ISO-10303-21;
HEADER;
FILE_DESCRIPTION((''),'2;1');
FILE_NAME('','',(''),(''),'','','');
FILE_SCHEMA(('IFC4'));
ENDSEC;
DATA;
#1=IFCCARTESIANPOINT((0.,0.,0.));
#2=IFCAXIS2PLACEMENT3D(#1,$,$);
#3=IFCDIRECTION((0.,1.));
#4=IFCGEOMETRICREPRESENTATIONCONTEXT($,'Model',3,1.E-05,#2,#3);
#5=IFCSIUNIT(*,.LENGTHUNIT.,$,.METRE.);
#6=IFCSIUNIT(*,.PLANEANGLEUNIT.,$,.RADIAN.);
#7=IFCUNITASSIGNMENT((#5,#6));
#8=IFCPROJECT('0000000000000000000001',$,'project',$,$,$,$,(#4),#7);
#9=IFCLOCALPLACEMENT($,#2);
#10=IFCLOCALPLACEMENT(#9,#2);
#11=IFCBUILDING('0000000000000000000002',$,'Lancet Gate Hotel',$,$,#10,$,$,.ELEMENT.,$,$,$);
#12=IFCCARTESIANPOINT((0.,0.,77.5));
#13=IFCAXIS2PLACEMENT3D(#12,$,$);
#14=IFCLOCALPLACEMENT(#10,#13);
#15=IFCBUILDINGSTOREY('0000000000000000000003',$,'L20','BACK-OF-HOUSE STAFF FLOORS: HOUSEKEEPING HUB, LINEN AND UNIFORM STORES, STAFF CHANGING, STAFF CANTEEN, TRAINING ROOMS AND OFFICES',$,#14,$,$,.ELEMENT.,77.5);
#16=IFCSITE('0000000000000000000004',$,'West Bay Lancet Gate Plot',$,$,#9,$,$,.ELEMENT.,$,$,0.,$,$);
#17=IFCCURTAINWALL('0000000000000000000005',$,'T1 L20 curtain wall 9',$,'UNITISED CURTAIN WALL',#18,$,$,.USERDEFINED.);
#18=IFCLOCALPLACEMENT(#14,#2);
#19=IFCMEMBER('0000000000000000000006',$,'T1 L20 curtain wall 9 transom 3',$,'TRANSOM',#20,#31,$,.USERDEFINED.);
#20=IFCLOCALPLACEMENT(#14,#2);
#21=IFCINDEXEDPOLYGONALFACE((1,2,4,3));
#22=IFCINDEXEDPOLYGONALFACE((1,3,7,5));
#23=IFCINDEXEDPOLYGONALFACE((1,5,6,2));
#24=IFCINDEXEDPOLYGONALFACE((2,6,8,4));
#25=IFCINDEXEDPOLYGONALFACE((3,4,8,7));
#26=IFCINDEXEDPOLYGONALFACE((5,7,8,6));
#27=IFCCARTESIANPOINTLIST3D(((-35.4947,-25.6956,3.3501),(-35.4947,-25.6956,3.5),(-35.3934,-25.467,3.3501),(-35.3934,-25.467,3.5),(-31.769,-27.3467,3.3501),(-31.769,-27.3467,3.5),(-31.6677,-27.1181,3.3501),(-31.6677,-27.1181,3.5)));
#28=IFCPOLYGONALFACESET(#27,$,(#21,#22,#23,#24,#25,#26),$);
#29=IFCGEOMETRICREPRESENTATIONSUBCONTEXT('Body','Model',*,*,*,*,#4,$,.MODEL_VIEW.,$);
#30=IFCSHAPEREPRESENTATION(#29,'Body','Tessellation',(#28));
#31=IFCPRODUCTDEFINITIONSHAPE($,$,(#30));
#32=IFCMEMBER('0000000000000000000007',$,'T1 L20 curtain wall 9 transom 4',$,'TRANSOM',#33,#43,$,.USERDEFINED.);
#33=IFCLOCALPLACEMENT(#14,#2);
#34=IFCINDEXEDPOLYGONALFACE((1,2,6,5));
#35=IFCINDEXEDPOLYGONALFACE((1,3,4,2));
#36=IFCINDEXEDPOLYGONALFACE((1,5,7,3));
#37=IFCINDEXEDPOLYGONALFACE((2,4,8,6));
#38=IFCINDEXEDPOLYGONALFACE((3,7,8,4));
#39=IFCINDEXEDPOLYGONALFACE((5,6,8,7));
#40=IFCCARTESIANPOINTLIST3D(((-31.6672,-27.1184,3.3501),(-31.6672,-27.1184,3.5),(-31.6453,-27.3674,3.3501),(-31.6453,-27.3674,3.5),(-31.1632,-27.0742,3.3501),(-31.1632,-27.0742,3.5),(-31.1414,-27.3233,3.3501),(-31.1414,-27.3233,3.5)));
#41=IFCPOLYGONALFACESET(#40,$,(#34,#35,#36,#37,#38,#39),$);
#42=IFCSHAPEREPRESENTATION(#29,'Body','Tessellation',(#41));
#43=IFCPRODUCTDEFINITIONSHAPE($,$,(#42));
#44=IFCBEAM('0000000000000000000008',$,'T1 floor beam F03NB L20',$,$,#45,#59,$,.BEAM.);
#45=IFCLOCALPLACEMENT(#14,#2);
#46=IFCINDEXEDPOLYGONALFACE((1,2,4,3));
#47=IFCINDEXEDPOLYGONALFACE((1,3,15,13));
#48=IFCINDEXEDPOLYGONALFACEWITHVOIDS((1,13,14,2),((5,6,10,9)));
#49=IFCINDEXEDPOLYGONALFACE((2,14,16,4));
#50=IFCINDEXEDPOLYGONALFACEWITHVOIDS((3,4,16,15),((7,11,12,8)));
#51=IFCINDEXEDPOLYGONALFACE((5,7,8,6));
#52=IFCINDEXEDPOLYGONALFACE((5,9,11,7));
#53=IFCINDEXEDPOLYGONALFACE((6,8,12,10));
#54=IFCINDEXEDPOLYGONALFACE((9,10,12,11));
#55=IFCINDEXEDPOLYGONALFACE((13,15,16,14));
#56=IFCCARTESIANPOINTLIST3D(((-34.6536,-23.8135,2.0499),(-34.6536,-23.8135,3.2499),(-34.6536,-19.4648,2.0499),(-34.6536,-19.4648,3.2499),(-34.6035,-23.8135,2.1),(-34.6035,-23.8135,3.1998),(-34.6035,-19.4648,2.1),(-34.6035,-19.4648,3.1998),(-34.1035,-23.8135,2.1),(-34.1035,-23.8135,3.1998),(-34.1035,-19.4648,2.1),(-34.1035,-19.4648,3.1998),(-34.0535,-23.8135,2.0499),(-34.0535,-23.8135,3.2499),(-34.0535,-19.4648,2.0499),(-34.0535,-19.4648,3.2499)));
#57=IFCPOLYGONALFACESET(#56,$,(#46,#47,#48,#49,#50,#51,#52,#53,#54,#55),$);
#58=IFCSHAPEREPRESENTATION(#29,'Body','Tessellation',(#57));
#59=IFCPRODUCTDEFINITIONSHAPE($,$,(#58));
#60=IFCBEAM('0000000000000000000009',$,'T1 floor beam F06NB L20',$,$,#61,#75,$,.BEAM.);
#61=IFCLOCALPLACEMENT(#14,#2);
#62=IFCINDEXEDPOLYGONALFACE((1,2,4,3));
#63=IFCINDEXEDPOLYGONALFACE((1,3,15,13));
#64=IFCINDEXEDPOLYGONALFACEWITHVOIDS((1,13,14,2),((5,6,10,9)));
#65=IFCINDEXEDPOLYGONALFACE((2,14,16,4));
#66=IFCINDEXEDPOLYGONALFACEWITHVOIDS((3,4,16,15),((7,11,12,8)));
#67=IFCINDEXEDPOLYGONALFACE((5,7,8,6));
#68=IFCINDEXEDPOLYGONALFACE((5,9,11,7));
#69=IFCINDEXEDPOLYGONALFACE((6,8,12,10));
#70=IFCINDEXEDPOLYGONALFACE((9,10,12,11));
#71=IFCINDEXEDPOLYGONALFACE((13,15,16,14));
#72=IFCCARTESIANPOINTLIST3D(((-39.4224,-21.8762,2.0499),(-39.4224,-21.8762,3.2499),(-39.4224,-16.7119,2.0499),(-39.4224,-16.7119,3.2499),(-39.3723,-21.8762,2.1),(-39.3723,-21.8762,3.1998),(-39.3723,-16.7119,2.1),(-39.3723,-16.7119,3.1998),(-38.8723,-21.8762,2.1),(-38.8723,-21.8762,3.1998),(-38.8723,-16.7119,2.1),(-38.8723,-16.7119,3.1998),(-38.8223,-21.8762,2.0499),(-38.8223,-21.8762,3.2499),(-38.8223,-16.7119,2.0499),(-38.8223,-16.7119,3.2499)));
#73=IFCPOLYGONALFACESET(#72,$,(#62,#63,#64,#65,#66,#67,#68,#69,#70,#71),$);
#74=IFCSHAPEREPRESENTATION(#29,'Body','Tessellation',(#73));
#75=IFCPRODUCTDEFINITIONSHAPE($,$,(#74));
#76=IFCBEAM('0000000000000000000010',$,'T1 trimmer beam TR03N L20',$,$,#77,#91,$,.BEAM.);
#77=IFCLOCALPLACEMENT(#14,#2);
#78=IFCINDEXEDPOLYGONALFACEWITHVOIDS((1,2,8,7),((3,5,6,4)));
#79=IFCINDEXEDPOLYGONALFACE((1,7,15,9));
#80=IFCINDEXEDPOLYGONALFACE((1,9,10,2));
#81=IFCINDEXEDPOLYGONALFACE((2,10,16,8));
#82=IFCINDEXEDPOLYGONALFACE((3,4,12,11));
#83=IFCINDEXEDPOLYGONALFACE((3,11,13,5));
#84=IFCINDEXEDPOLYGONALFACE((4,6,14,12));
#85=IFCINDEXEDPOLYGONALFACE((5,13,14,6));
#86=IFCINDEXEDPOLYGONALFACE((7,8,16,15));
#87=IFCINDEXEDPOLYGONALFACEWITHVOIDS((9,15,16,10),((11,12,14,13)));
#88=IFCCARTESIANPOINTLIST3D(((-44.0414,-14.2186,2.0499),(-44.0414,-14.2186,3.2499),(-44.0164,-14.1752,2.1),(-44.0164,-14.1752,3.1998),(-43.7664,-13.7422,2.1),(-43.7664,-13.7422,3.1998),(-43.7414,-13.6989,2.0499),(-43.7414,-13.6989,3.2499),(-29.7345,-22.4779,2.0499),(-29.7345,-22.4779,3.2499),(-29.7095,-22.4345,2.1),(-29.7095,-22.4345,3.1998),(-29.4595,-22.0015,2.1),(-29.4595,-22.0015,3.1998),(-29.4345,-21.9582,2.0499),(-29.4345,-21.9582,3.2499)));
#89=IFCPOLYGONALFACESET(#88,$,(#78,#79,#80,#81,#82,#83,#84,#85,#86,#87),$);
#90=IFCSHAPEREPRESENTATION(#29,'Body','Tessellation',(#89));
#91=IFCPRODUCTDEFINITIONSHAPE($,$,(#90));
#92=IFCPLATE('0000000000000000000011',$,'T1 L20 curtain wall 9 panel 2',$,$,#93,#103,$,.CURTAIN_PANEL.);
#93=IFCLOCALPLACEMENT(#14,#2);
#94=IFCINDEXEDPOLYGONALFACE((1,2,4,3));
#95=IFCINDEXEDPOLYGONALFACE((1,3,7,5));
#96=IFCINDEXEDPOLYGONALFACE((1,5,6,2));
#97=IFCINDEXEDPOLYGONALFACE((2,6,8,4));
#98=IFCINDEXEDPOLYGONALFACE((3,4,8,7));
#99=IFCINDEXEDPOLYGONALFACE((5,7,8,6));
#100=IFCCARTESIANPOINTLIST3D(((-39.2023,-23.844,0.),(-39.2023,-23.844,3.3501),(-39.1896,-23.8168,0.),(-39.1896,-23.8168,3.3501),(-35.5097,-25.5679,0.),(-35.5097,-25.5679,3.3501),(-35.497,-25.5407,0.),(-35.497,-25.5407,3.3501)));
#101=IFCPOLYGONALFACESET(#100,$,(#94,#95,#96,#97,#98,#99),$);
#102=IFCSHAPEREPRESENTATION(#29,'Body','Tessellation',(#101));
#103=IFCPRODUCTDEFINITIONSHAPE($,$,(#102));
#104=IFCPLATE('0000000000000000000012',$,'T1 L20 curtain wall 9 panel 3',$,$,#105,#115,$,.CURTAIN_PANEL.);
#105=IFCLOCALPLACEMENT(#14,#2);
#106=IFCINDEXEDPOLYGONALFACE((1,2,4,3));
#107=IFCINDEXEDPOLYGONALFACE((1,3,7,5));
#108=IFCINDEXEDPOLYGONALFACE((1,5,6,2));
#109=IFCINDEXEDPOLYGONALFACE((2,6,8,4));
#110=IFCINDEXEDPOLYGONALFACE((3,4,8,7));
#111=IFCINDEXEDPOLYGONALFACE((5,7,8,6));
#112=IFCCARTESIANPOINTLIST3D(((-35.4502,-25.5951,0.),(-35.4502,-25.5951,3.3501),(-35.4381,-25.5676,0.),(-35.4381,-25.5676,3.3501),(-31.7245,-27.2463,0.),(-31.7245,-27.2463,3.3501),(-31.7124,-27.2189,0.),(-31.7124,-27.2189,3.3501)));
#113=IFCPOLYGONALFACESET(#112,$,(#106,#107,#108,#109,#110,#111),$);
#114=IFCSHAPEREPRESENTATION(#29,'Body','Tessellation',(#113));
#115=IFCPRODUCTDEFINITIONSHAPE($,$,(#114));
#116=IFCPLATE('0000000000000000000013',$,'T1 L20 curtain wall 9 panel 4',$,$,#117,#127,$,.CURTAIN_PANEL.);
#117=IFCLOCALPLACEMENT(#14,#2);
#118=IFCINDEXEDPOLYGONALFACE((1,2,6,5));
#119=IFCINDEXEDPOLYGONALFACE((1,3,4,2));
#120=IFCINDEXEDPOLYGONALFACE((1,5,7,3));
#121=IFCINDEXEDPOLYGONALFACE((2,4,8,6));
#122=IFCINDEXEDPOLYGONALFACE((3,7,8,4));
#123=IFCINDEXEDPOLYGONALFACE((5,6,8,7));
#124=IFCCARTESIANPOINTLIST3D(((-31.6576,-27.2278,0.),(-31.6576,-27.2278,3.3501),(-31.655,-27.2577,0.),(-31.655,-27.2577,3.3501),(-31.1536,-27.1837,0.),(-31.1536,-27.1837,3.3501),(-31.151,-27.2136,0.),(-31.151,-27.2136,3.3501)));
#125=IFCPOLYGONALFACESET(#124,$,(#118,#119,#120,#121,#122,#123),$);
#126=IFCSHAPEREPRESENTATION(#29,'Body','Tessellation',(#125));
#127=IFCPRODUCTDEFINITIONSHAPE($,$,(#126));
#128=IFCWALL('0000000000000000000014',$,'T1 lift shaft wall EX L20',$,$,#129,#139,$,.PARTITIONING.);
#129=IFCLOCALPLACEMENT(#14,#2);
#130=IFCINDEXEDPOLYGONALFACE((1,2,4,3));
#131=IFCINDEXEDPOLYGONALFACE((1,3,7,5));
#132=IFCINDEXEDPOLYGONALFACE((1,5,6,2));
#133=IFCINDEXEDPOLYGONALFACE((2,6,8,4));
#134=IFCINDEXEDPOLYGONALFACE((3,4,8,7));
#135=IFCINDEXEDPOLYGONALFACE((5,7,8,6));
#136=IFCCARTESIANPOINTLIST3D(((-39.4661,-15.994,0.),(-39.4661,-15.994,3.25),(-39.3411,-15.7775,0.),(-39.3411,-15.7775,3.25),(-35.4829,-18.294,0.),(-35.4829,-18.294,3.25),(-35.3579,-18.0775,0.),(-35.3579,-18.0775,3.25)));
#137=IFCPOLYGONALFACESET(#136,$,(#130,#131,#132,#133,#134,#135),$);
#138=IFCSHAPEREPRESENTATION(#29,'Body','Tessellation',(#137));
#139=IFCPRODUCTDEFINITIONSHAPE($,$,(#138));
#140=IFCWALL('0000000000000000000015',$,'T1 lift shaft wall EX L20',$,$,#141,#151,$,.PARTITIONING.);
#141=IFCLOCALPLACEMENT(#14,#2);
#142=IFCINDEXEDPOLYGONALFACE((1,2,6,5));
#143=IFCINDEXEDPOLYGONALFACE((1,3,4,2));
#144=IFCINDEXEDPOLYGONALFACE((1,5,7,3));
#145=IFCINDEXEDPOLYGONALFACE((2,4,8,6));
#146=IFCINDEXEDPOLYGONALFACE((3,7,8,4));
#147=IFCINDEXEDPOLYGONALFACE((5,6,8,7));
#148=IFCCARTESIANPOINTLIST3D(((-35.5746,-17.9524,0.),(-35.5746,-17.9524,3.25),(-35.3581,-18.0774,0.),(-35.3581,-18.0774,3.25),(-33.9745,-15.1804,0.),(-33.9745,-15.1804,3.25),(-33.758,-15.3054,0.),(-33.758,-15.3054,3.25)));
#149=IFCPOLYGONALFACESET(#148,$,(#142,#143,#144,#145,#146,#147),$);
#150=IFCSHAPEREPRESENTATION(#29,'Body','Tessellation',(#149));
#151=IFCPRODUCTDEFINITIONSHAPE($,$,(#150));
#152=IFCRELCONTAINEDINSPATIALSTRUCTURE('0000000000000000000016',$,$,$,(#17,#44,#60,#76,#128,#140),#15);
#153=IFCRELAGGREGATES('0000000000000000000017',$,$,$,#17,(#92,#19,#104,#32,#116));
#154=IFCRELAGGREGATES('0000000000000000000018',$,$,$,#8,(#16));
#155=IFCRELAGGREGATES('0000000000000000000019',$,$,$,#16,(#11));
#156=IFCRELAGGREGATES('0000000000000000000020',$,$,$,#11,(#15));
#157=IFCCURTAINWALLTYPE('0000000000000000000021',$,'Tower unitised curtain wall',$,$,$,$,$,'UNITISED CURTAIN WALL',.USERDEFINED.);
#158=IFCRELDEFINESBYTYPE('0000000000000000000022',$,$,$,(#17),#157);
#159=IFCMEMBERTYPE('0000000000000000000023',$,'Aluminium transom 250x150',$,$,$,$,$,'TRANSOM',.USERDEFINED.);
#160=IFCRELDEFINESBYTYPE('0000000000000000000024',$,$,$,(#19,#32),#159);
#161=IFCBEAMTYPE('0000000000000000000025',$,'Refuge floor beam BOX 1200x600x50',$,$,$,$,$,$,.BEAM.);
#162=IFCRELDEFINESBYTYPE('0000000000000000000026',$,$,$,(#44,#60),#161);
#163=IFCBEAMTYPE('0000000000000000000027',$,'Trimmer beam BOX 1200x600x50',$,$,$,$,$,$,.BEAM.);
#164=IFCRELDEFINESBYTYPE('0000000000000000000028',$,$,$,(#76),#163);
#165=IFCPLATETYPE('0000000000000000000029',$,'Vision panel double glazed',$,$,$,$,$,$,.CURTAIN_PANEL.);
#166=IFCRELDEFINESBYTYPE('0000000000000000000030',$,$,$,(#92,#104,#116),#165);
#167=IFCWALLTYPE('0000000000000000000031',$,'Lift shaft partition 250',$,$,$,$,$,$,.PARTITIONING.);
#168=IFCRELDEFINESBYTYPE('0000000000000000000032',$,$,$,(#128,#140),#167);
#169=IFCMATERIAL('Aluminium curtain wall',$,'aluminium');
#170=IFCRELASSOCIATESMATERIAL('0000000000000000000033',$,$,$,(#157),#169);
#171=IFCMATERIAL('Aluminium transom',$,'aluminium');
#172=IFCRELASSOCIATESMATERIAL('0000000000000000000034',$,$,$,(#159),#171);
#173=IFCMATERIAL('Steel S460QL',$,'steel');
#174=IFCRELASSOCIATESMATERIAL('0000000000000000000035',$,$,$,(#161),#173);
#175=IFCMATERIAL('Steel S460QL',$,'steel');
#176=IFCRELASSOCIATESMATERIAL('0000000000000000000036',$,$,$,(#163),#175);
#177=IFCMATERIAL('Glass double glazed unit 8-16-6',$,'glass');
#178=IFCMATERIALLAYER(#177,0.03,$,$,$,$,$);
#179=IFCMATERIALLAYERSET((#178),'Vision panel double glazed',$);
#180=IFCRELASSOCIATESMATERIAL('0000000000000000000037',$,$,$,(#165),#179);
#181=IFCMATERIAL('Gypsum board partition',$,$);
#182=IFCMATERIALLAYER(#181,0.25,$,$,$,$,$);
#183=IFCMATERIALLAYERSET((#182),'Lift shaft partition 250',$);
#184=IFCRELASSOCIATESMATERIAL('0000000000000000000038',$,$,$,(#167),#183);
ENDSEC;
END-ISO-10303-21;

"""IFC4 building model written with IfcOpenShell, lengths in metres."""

from ifc_helpers import new_model, si_unit, direction, frame, frame_2d, origin, origin_2d, place, context, subcontext, project, spatial, rectangle, hollow_rectangle, extrude, material, layer, layer_set, material_profile, profile_set, type_object, element, aggregate, save


model = new_model("IFC4")

# Units and contexts
model_context = context("Model", 3, precision=1e-05, world=origin(), true_north=direction((0.0, 1.0)))
body_context = subcontext(model_context, "Body", "Model", "MODEL_VIEW")
ifc_project = project(units=[si_unit("LENGTHUNIT", "METRE"), si_unit("PLANEANGLEUNIT", "RADIAN")], contexts=[model_context])

# Site, building, storey
site_placement = place(None, origin())
site = spatial("IfcSite", under=ifc_project, at=site_placement, Name="West Bay Lancet Gate Plot", CompositionType="ELEMENT", RefElevation=0.0)
building_placement = place(site_placement, origin())
building = spatial("IfcBuilding", under=site, at=building_placement, Name="Lancet Gate Hotel", CompositionType="ELEMENT")
storey_placement = place(building_placement, frame((0.0, 0.0, 77.5)))
storey = spatial("IfcBuildingStorey", under=building, at=storey_placement, Name="L20", Description="BACK-OF-HOUSE STAFF FLOORS: HOUSEKEEPING HUB, LINEN AND UNIFORM STORES, STAFF CHANGING, STAFF CANTEEN, TRAINING ROOMS AND OFFICES", CompositionType="ELEMENT", Elevation=77.5)

# Curtain wall, members
ifc_material_1 = material(Name="Aluminium curtain wall", Category="aluminium")
curtain_wall_type = type_object("IfcCurtainWallType", Name="Tower unitised curtain wall", ElementType="UNITISED CURTAIN WALL", PredefinedType="USERDEFINED", material=ifc_material_1)
curtain_wall_placement = place(storey_placement, origin())
curtain_wall = element("IfcCurtainWall", 1, at=curtain_wall_placement, inside=storey, type_object=curtain_wall_type, Name="T1 L20 curtain wall 9", ObjectType="UNITISED CURTAIN WALL", PredefinedType="USERDEFINED")
ifc_material_2 = material(Name="Aluminium transom", Category="aluminium")
ifc_material_profile_1 = material_profile(ifc_material_2, rectangle(XDim=0.25, YDim=0.1499, at=origin_2d()), Name="TRANSOM 250x150")
ifc_profile_set_1 = profile_set([ifc_material_profile_1], Name="Aluminium transom")
member_type_1 = type_object("IfcMemberType", Name="Aluminium transom 250x150", ElementType="TRANSOM", PredefinedType="USERDEFINED", material=ifc_profile_set_1)
member_1_placement = place(storey_placement, frame((-35.4441, -25.5813, 3.425), z_axis=(0.914248, -0.405154, 0.0), x_axis=(0.405154, 0.914248, 0.0)))
member_1 = element("IfcMember", 2, at=member_1_placement, type_object=member_type_1, Name="T1 L20 curtain wall 9 transom 3", ObjectType="TRANSOM", PredefinedType="USERDEFINED", context=body_context, shape_type="SweptSolid", body=[
    extrude(rectangle(XDim=0.25, YDim=0.1499, at=origin_2d()), origin(), (0.0, 0.0, 1.0), 4.0752),
])
member_2_placement = place(storey_placement, frame((-31.6562, -27.2429, 3.425), z_axis=(0.996177, 0.087359, 0.0), x_axis=(-0.087359, 0.996177, 0.0)))
member_2 = element("IfcMember", 3, at=member_2_placement, type_object=member_type_1, Name="T1 L20 curtain wall 9 transom 4", ObjectType="TRANSOM", PredefinedType="USERDEFINED", context=body_context, shape_type="SweptSolid", body=[
    extrude(rectangle(XDim=0.25, YDim=0.1499, at=origin_2d()), origin(), (0.0, 0.0, 1.0), 0.5059),
])

# Beams
ifc_material_3 = material(Name="Steel S460QL", Category="steel")
ifc_material_profile_2 = material_profile(ifc_material_3, hollow_rectangle(XDim=0.6001, YDim=1.2, WallThickness=0.05, at=origin_2d()), Name="BOX 1200x600x50")
ifc_profile_set_2 = profile_set([ifc_material_profile_2], Name="Steel S460QL")
beam_type_1 = type_object("IfcBeamType", Name="Refuge floor beam BOX 1200x600x50", PredefinedType="BEAM", material=ifc_profile_set_2)
beam_1_placement = place(storey_placement, frame((-34.3535, -19.4648, 2.6499), z_axis=(0.0, -1.0, 0.0), x_axis=(1.0, 0.0, 0.0)))
element("IfcBeam", 4, at=beam_1_placement, inside=storey, type_object=beam_type_1, Name="T1 floor beam F03NB L20", PredefinedType="BEAM", context=body_context, shape_type="SweptSolid", body=[
    extrude(hollow_rectangle(XDim=0.6001, YDim=1.2, WallThickness=0.05, at=origin_2d()), origin(), (0.0, 0.0, 1.0), 4.3486),
])
beam_2_placement = place(storey_placement, frame((-39.1223, -16.7119, 2.6499), z_axis=(0.0, -1.0, 0.0), x_axis=(1.0, 0.0, 0.0)))
element("IfcBeam", 5, at=beam_2_placement, inside=storey, type_object=beam_type_1, Name="T1 floor beam F06NB L20", PredefinedType="BEAM", context=body_context, shape_type="SweptSolid", body=[
    extrude(hollow_rectangle(XDim=0.6001, YDim=1.2, WallThickness=0.05, at=origin_2d()), origin(), (0.0, 0.0, 1.0), 5.1643),
])
ifc_material_4 = material(Name="Steel S460QL", Category="steel")
ifc_material_profile_3 = material_profile(ifc_material_4, hollow_rectangle(XDim=0.6001, YDim=1.2, WallThickness=0.05, at=origin_2d()), Name="BOX 1200x600x50")
ifc_profile_set_3 = profile_set([ifc_material_profile_3], Name="Steel S460QL")
beam_type_2 = type_object("IfcBeamType", Name="Trimmer beam BOX 1200x600x50", PredefinedType="BEAM", material=ifc_profile_set_3)
beam_3_placement = place(storey_placement, frame((-29.5845, -22.218, 2.6499), z_axis=(-0.866047, 0.499963, 0.0), x_axis=(-0.499963, -0.866047, 0.0)))
element("IfcBeam", 6, at=beam_3_placement, inside=storey, type_object=beam_type_2, Name="T1 trimmer beam TR03N L20", PredefinedType="BEAM", context=body_context, shape_type="SweptSolid", body=[
    extrude(hollow_rectangle(XDim=0.6001, YDim=1.2, WallThickness=0.05, at=origin_2d()), origin(), (0.0, 0.0, 1.0), 16.5198),
])

# Plates
ifc_material_5 = material(Name="Glass double glazed unit 8-16-6", Category="glass")
ifc_layer_1 = layer(ifc_material_5, 0.03)
ifc_layer_set_1 = layer_set([ifc_layer_1], Name="Vision panel double glazed")
plate_type = type_object("IfcPlateType", Name="Vision panel double glazed", PredefinedType="CURTAIN_PANEL", material=ifc_layer_set_1)
plate_1_placement = place(storey_placement, frame((-37.3496, -24.6924, 0.0), z_axis=(0.0, 0.0, 1.0), x_axis=(0.906118, -0.423026, 0.0)))
plate_1 = element("IfcPlate", 7, at=plate_1_placement, type_object=plate_type, Name="T1 L20 curtain wall 9 panel 2", PredefinedType="CURTAIN_PANEL", context=body_context, shape_type="SweptSolid", body=[
    extrude(rectangle(XDim=4.0752, YDim=0.03, at=origin_2d()), origin(), (0.0, 0.0, 1.0), 3.3501),
])
plate_2_placement = place(storey_placement, frame((-33.5813, -26.407, 0.0), z_axis=(0.0, 0.0, 1.0), x_axis=(0.914234, -0.405186, 0.0)))
plate_2 = element("IfcPlate", 8, at=plate_2_placement, type_object=plate_type, Name="T1 L20 curtain wall 9 panel 3", PredefinedType="CURTAIN_PANEL", context=body_context, shape_type="SweptSolid", body=[
    extrude(rectangle(XDim=4.0752, YDim=0.03, at=origin_2d()), origin(), (0.0, 0.0, 1.0), 3.3501),
])
plate_3_placement = place(storey_placement, frame((-31.4043, -27.2207, 0.0), z_axis=(0.0, 0.0, 1.0), x_axis=(0.996204, 0.087052, 0.0)))
plate_3 = element("IfcPlate", 9, at=plate_3_placement, type_object=plate_type, Name="T1 L20 curtain wall 9 panel 4", PredefinedType="CURTAIN_PANEL", context=body_context, shape_type="SweptSolid", body=[
    extrude(rectangle(XDim=0.5059, YDim=0.03, at=origin_2d()), origin(), (0.0, 0.0, 1.0), 3.3501),
])
aggregate(curtain_wall, [plate_1, member_1, plate_2, member_2, plate_3])

# Walls
ifc_material_6 = material(Name="Gypsum board partition")
ifc_layer_2 = layer(ifc_material_6, 0.25)
ifc_layer_set_2 = layer_set([ifc_layer_2], Name="Lift shaft partition 250")
wall_type = type_object("IfcWallType", Name="Lift shaft partition 250", PredefinedType="PARTITIONING", material=ifc_layer_set_2)
wall_1_placement = place(storey_placement, frame((-35.4204, -18.1858, 0.0), z_axis=(0.0, 0.0, 1.0), x_axis=(-0.86599, 0.500061, 0.0)))
element("IfcWall", 10, at=wall_1_placement, inside=storey, type_object=wall_type, Name="T1 lift shaft wall EX L20", PredefinedType="PARTITIONING", context=body_context, shape_type="SweptSolid", body=[
    extrude(rectangle(XDim=4.5996, YDim=0.25, at=frame_2d((2.2998, 0.0))), origin(), (0.0, 0.0, 1.0), 3.25),
])
wall_2_placement = place(storey_placement, frame((-33.8662, -15.2429, 0.0), z_axis=(0.0, 0.0, 1.0), x_axis=(-0.499929, -0.866066, 0.0)))
element("IfcWall", 11, at=wall_2_placement, inside=storey, type_object=wall_type, Name="T1 lift shaft wall EX L20", PredefinedType="PARTITIONING", context=body_context, shape_type="SweptSolid", body=[
    extrude(rectangle(XDim=3.2007, YDim=0.25, at=frame_2d((1.6003, 0.0))), origin(), (0.0, 0.0, 1.0), 3.25),
])

save(model, "model.ifc")
